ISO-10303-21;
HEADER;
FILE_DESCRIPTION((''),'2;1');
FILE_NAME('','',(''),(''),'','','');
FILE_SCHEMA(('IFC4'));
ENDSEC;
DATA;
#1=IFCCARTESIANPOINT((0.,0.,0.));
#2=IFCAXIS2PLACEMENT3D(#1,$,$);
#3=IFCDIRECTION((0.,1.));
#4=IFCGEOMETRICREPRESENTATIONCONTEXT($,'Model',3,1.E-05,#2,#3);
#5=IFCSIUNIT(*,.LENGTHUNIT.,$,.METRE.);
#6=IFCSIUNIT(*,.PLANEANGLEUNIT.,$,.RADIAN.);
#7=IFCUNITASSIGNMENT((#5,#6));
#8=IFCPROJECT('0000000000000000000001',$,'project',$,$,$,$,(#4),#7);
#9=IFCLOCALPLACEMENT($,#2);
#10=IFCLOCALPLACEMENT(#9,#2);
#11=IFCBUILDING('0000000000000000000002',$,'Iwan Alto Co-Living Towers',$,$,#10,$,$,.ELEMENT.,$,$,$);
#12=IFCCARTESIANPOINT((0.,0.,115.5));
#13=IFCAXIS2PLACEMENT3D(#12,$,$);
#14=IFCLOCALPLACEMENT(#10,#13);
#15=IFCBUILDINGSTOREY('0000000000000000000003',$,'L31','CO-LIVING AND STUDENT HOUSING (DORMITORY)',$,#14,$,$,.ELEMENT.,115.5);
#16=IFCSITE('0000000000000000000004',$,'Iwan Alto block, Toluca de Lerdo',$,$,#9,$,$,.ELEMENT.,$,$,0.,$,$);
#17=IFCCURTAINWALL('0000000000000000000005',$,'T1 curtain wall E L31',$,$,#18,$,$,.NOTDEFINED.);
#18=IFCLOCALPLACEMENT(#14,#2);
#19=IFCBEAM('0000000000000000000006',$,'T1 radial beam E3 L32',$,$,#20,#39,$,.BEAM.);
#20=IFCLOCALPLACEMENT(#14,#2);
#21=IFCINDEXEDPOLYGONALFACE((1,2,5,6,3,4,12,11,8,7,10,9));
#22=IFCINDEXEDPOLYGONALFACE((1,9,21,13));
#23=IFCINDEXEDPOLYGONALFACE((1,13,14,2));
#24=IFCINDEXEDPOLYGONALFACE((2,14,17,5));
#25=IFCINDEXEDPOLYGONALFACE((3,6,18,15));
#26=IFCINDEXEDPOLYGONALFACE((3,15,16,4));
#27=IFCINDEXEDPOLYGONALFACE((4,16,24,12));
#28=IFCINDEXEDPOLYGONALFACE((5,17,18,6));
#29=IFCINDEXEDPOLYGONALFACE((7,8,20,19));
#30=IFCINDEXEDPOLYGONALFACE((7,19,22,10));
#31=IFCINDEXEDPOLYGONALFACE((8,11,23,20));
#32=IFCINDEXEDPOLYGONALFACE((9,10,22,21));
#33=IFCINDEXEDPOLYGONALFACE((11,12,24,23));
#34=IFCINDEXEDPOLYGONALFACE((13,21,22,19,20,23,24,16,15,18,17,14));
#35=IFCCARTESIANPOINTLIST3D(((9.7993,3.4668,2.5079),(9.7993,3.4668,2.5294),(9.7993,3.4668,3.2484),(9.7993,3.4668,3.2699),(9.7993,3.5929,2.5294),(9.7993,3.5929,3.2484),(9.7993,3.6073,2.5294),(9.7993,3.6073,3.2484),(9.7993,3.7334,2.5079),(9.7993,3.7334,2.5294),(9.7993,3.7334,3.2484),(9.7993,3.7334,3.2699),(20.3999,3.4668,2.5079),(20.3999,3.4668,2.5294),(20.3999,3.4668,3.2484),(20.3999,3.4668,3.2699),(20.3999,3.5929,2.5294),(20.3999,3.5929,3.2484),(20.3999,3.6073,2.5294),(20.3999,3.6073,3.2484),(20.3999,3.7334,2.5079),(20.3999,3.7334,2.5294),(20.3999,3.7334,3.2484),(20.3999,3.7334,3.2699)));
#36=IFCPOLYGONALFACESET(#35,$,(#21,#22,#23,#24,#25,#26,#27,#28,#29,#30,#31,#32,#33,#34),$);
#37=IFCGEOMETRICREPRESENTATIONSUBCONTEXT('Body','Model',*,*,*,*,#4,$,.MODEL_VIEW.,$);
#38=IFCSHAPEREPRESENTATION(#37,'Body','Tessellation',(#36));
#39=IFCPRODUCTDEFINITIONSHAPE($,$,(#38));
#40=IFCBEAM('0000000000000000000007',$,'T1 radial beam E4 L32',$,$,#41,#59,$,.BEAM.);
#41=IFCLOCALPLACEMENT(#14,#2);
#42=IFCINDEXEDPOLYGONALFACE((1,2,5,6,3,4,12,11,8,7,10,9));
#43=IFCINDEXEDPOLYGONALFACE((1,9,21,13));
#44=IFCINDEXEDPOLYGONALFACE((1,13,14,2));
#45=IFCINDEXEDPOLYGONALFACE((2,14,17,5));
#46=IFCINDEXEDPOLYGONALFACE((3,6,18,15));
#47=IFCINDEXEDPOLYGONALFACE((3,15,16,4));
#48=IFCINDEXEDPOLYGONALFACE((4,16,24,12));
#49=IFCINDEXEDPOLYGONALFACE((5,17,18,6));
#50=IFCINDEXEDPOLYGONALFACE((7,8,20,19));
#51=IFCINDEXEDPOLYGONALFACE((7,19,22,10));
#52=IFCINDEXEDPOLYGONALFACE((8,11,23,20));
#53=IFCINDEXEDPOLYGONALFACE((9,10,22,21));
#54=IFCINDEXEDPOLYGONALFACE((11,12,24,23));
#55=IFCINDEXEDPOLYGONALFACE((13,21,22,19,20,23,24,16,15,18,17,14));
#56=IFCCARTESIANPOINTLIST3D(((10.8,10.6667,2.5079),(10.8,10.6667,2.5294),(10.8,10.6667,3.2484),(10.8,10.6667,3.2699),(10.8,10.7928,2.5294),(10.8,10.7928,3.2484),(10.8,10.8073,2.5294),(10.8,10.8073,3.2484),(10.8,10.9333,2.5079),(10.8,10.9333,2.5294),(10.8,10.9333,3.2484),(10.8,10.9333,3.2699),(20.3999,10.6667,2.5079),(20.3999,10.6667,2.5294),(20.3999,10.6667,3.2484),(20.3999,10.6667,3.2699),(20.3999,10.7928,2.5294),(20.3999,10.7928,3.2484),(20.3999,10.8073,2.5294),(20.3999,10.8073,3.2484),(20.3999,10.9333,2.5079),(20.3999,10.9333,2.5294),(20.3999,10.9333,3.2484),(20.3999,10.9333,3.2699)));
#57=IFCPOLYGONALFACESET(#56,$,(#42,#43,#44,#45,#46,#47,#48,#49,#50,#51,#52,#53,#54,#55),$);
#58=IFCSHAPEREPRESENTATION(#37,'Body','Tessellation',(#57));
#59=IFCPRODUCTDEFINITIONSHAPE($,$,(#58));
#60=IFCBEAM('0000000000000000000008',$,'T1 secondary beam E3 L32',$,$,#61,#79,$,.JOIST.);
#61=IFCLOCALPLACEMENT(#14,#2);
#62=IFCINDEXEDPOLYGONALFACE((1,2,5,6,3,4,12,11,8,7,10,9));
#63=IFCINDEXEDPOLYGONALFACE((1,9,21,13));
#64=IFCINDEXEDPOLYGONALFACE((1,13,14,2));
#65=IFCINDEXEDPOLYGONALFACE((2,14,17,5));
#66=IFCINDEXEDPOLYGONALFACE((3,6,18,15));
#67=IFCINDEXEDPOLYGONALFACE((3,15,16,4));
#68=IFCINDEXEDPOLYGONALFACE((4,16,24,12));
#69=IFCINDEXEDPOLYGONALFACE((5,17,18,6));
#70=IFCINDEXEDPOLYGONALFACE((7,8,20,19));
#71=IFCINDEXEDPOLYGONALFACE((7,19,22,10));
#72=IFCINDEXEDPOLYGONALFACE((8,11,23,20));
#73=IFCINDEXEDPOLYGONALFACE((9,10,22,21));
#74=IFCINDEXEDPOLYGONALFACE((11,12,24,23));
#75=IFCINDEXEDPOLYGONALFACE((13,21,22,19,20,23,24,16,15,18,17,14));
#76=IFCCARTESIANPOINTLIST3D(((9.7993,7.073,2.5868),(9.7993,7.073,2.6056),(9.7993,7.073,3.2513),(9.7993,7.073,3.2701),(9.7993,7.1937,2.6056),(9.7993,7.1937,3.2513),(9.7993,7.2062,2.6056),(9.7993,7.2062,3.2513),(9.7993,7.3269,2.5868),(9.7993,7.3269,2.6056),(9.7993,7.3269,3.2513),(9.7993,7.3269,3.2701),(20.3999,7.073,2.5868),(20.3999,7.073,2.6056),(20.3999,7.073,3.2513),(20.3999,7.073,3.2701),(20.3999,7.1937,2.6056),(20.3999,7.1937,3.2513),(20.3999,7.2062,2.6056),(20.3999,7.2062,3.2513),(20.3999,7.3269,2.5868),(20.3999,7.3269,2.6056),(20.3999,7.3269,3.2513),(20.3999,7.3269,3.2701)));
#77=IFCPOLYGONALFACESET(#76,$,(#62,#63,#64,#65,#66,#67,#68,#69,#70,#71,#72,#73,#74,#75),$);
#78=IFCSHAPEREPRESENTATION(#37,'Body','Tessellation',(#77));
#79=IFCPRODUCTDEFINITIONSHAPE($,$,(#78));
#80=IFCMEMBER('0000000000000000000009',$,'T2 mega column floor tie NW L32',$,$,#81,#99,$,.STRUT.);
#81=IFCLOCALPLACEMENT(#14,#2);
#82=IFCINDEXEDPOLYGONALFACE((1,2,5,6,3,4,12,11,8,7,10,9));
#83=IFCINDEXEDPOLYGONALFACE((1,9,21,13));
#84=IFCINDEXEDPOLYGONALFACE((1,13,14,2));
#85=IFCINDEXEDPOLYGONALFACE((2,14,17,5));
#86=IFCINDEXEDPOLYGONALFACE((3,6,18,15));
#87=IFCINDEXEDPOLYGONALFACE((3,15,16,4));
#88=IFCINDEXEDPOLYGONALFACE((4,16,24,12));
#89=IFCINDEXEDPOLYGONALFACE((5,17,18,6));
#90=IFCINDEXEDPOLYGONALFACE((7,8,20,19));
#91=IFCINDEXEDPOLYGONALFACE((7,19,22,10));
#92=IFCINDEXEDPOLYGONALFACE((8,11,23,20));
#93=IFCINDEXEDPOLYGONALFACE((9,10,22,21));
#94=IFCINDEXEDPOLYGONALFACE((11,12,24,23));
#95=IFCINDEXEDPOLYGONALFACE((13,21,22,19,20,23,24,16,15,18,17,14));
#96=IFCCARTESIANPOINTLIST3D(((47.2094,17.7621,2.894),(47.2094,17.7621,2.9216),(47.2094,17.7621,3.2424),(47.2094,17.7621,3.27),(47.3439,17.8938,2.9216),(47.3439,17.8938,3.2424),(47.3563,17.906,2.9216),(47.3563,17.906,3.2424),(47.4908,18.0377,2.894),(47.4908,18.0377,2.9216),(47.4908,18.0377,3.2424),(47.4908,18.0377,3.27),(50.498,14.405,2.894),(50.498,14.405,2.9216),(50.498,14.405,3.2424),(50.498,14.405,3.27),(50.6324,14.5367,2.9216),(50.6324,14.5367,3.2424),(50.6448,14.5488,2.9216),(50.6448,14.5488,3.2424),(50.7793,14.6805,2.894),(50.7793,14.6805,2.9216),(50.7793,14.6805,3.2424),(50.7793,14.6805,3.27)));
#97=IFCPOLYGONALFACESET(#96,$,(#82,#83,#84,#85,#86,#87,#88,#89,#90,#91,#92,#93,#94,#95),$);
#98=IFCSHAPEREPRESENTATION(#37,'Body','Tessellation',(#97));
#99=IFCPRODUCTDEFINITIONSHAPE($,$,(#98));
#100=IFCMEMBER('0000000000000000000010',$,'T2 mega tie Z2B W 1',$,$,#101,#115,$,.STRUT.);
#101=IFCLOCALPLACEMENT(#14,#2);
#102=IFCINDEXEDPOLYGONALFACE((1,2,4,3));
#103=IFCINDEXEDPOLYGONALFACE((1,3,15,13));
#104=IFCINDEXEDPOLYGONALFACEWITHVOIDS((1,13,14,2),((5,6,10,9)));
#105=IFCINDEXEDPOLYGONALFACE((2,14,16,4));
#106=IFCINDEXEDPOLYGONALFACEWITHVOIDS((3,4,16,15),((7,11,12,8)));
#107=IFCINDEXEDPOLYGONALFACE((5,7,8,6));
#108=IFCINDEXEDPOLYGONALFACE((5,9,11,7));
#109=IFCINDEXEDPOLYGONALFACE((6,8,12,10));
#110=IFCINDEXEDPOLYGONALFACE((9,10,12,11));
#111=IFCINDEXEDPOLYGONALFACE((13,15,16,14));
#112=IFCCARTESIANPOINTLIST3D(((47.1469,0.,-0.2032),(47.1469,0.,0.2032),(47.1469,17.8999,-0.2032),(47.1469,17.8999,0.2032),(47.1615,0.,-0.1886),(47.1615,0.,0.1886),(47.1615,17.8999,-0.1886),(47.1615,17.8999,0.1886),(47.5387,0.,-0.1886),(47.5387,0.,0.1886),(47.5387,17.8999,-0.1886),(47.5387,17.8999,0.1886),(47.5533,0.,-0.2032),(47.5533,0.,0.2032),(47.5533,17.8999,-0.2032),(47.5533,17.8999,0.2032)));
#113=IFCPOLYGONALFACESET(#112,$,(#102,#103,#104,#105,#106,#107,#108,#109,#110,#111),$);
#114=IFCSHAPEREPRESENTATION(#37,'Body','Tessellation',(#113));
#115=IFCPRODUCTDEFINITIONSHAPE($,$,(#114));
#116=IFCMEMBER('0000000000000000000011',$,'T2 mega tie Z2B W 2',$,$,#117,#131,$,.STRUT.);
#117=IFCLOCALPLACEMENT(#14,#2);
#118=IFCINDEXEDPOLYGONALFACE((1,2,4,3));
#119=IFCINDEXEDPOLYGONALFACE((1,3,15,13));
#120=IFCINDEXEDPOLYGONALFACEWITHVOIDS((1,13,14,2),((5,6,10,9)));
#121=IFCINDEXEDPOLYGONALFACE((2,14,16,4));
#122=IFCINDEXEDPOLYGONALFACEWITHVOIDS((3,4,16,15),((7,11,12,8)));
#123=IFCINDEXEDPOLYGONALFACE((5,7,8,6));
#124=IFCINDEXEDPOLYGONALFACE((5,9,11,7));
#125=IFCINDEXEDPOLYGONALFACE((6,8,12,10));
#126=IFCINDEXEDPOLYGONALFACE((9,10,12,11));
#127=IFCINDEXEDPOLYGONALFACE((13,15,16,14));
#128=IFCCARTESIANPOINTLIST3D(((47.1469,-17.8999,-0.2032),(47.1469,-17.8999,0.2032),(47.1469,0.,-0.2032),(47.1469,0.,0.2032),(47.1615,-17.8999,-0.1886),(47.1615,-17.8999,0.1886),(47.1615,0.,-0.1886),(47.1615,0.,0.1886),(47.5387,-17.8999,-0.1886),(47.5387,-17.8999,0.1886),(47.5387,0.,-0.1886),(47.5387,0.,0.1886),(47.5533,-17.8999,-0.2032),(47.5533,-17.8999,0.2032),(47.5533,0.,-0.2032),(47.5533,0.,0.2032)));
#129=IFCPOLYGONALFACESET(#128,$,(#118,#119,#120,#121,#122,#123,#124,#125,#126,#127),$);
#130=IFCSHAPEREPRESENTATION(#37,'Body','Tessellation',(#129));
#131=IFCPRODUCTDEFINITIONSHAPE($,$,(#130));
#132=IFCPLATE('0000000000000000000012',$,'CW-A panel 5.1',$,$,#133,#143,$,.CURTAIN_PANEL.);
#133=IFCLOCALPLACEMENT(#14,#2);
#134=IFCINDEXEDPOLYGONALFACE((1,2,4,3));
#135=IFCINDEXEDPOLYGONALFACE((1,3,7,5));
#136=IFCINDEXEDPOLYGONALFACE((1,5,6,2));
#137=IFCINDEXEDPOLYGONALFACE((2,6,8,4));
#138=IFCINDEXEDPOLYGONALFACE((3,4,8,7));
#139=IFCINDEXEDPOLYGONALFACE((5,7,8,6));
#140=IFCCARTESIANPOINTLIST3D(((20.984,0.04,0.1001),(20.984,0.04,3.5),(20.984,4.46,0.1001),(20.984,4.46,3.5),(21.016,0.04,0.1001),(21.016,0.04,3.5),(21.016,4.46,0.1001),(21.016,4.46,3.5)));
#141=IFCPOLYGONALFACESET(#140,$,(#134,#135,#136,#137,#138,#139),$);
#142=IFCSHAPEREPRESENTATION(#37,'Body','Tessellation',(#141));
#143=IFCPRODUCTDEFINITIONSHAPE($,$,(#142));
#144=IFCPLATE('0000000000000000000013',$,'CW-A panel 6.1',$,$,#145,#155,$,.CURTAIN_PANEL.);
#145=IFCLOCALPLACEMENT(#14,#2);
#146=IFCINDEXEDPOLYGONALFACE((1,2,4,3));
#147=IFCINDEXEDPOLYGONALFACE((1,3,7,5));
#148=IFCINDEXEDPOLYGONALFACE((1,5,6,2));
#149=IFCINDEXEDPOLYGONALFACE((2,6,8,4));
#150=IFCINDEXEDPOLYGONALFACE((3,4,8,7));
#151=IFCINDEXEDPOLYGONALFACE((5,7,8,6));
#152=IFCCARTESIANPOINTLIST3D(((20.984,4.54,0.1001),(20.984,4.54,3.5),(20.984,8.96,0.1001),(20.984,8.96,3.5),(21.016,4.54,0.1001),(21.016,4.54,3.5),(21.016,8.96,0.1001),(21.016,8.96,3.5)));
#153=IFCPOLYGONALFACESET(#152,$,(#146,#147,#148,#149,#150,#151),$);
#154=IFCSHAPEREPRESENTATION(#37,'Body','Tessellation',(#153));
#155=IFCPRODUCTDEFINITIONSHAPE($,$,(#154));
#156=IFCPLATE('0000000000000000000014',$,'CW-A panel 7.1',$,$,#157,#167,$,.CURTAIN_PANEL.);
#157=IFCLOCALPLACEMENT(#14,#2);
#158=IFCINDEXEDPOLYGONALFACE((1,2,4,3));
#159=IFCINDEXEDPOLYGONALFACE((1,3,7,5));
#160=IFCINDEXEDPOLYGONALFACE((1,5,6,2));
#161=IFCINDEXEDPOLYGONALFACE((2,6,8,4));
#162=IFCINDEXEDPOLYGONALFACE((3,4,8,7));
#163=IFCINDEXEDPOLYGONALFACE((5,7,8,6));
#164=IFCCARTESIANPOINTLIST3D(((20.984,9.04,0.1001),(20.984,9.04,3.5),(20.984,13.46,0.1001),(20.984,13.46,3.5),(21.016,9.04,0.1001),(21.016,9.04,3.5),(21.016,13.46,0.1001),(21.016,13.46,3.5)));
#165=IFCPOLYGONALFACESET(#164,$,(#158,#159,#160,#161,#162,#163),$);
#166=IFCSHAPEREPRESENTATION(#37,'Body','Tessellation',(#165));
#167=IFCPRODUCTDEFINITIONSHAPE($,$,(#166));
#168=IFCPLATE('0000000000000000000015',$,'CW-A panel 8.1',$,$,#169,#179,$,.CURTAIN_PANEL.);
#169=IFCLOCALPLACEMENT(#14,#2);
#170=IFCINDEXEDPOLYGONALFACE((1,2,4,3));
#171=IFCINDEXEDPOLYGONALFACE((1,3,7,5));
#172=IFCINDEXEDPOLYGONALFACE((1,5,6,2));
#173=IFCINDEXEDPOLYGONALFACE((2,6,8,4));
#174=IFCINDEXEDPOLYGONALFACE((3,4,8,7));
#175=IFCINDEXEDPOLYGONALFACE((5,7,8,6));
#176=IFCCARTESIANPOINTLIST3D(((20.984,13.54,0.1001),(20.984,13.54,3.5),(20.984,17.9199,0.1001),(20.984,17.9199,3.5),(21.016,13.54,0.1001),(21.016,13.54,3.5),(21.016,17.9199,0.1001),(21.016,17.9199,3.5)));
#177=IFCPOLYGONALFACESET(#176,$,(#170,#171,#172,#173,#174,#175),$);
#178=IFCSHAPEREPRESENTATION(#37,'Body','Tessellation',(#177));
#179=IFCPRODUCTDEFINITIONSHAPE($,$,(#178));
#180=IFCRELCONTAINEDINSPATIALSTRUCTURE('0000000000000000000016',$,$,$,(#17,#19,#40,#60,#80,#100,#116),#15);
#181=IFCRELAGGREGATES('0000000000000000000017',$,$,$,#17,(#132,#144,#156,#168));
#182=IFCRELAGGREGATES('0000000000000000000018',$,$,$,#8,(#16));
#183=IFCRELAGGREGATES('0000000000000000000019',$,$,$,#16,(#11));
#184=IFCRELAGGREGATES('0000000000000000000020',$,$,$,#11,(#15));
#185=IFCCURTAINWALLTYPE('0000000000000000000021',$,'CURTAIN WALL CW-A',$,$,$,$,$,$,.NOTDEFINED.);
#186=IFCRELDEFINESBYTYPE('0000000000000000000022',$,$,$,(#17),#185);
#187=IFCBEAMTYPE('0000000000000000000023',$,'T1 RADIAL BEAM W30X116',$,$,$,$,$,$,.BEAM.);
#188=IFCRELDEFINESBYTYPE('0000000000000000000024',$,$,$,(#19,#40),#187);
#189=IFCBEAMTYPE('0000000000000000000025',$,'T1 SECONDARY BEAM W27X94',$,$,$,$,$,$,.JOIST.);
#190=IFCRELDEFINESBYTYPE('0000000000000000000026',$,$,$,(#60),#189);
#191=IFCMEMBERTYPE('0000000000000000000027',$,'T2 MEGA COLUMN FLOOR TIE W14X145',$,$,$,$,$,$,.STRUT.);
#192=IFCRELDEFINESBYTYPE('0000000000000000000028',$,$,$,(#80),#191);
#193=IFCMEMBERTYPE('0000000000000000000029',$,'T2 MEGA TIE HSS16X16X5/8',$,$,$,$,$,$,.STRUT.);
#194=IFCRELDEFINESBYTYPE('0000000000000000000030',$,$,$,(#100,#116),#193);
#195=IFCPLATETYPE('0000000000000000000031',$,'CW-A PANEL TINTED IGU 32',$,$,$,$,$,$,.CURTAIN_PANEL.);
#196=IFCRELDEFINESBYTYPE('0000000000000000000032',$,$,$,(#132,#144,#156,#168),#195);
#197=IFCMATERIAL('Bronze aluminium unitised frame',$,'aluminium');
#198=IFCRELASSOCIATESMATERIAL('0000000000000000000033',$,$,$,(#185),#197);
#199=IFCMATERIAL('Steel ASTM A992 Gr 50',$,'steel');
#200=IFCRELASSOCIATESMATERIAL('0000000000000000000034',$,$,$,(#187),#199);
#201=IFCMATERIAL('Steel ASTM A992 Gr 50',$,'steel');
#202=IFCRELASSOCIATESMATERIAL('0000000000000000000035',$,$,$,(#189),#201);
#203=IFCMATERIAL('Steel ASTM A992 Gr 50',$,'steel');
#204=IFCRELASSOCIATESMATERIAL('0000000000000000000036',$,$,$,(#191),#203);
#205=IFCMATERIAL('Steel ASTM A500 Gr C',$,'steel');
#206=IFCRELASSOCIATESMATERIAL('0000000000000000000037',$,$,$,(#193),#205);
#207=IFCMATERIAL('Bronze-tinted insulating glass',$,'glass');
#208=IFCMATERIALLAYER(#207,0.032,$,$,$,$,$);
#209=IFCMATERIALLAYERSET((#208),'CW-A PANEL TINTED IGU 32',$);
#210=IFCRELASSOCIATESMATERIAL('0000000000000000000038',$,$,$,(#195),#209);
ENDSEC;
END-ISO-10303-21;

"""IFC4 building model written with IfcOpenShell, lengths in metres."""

from ifc_helpers import new_model, si_unit, direction, frame, origin, origin_2d, place, context, subcontext, project, spatial, rectangle, hollow_rectangle, i_section, extrude, material, layer, layer_set, material_profile, profile_set, type_object, element, aggregate, save


model = new_model("IFC4")

# Units and contexts
model_context = context("Model", 3, precision=1e-05, world=origin(), true_north=direction((0.0, 1.0)))
body_context = subcontext(model_context, "Body", "Model", "MODEL_VIEW")
ifc_project = project(units=[si_unit("LENGTHUNIT", "METRE"), si_unit("PLANEANGLEUNIT", "RADIAN")], contexts=[model_context])

# Site, building, storey
site_placement = place(None, origin())
site = spatial("IfcSite", under=ifc_project, at=site_placement, Name="Iwan Alto block, Toluca de Lerdo", CompositionType="ELEMENT", RefElevation=0.0)
building_placement = place(site_placement, origin())
building = spatial("IfcBuilding", under=site, at=building_placement, Name="Iwan Alto Co-Living Towers", CompositionType="ELEMENT")
storey_placement = place(building_placement, frame((0.0, 0.0, 115.5)))
storey = spatial("IfcBuildingStorey", under=building, at=storey_placement, Name="L31", Description="CO-LIVING AND STUDENT HOUSING (DORMITORY)", CompositionType="ELEMENT", Elevation=115.5)

# Curtain wall
ifc_material_1 = material(Name="Bronze aluminium unitised frame", Category="aluminium")
curtain_wall_type_1 = type_object("IfcCurtainWallType", Name="CURTAIN WALL CW-A", PredefinedType="NOTDEFINED", material=ifc_material_1)
curtain_wall_1_placement = place(storey_placement, origin())
curtain_wall_1 = element("IfcCurtainWall", 1, at=curtain_wall_1_placement, inside=storey, type_object=curtain_wall_type_1, Name="T1 curtain wall E L31", PredefinedType="NOTDEFINED")

# Beams
ifc_material_2 = material(Name="Steel ASTM A992 Gr 50", Category="steel")
ifc_material_profile_1 = material_profile(ifc_material_2, i_section(OverallWidth=0.2666, OverallDepth=0.762, WebThickness=0.0144, FlangeThickness=0.0215, at=origin_2d()), Name="W30X116")
ifc_profile_set_1 = profile_set([ifc_material_profile_1], Name="Steel ASTM A992 Gr 50")
beam_type_1 = type_object("IfcBeamType", Name="T1 RADIAL BEAM W30X116", PredefinedType="BEAM", material=ifc_profile_set_1)
beam_1_placement = place(storey_placement, frame((20.3999, 3.6001, 2.8889), z_axis=(-1.0, 0.0, 0.0), x_axis=(0.0, -1.0, 0.0)))
element("IfcBeam", 2, at=beam_1_placement, inside=storey, type_object=beam_type_1, Name="T1 radial beam E3 L32", PredefinedType="BEAM", context=body_context, shape_type="SweptSolid", body=[
    extrude(i_section(OverallWidth=0.2666, OverallDepth=0.762, WebThickness=0.0144, FlangeThickness=0.0215, at=origin_2d()), origin(), (0.0, 0.0, 1.0), 10.6006),
])
beam_2_placement = place(storey_placement, frame((20.3999, 10.8, 2.8889), z_axis=(-1.0, 0.0, 0.0), x_axis=(0.0, -1.0, 0.0)))
element("IfcBeam", 3, at=beam_2_placement, inside=storey, type_object=beam_type_1, Name="T1 radial beam E4 L32", PredefinedType="BEAM", context=body_context, shape_type="SweptSolid", body=[
    extrude(i_section(OverallWidth=0.2666, OverallDepth=0.762, WebThickness=0.0144, FlangeThickness=0.0215, at=origin_2d()), origin(), (0.0, 0.0, 1.0), 9.5999),
])
ifc_material_3 = material(Name="Steel ASTM A992 Gr 50", Category="steel")
ifc_material_profile_2 = material_profile(ifc_material_3, i_section(OverallWidth=0.2539, OverallDepth=0.6833, WebThickness=0.0125, FlangeThickness=0.0188, at=origin_2d()), Name="W27X94")
ifc_profile_set_2 = profile_set([ifc_material_profile_2], Name="Steel ASTM A992 Gr 50")
beam_type_2 = type_object("IfcBeamType", Name="T1 SECONDARY BEAM W27X94", PredefinedType="JOIST", material=ifc_profile_set_2)
beam_3_placement = place(storey_placement, frame((20.3999, 7.2, 2.9285), z_axis=(-1.0, 0.0, 0.0), x_axis=(0.0, -1.0, 0.0)))
element("IfcBeam", 4, at=beam_3_placement, inside=storey, type_object=beam_type_2, Name="T1 secondary beam E3 L32", PredefinedType="JOIST", context=body_context, shape_type="SweptSolid", body=[
    extrude(i_section(OverallWidth=0.2539, OverallDepth=0.6833, WebThickness=0.0125, FlangeThickness=0.0188, at=origin_2d()), origin(), (0.0, 0.0, 1.0), 10.6006),
])

# Members
ifc_material_4 = material(Name="Steel ASTM A992 Gr 50", Category="steel")
ifc_material_profile_3 = material_profile(ifc_material_4, i_section(OverallWidth=0.3938, OverallDepth=0.376, WebThickness=0.0173, FlangeThickness=0.0276, at=origin_2d()), Name="W14X145")
ifc_profile_set_3 = profile_set([ifc_material_profile_3], Name="Steel ASTM A992 Gr 50")
member_type_1 = type_object("IfcMemberType", Name="T2 MEGA COLUMN FLOOR TIE W14X145", PredefinedType="STRUT", material=ifc_profile_set_3)
member_1_placement = place(storey_placement, frame((47.3501, 17.8999, 3.082), z_axis=(0.69977, -0.714368, 0.0), x_axis=(0.714368, 0.69977, 0.0)))
element("IfcMember", 5, at=member_1_placement, inside=storey, type_object=member_type_1, Name="T2 mega column floor tie NW L32", PredefinedType="STRUT", context=body_context, shape_type="SweptSolid", body=[
    extrude(i_section(OverallWidth=0.3938, OverallDepth=0.376, WebThickness=0.0173, FlangeThickness=0.0276, at=origin_2d()), origin(), (0.0, 0.0, 1.0), 4.6995),
])
ifc_material_5 = material(Name="Steel ASTM A500 Gr C", Category="steel")
ifc_material_profile_4 = material_profile(ifc_material_5, hollow_rectangle(XDim=0.4065, YDim=0.4065, WallThickness=0.0146, at=origin_2d()), Name="HSS16X16X5/8")
ifc_profile_set_4 = profile_set([ifc_material_profile_4], Name="Steel ASTM A500 Gr C")
member_type_2 = type_object("IfcMemberType", Name="T2 MEGA TIE HSS16X16X5/8", PredefinedType="STRUT", material=ifc_profile_set_4)
for number, where, z_axis, x_axis, name in (
    (6, (47.3501, 17.8999, 0.0), (0.0, -1.0, 0.0), (1.0, 0.0, 0.0), "T2 mega tie Z2B W 1"),
    (7, (47.3501, 0.0, 0.0), (0.0, -1.0, 0.0), (1.0, 0.0, 0.0), "T2 mega tie Z2B W 2"),
):
    element("IfcMember", number, at=place(storey_placement, frame(where, z_axis=z_axis, x_axis=x_axis)), inside=storey, type_object=member_type_2, Name=name, PredefinedType="STRUT", context=body_context, shape_type="SweptSolid", body=[
        extrude(hollow_rectangle(XDim=0.4065, YDim=0.4065, WallThickness=0.0146, at=origin_2d()), origin(), (0.0, 0.0, 1.0), 17.8999),
    ])

# Plates
ifc_material_6 = material(Name="Bronze-tinted insulating glass", Category="glass")
ifc_layer_1 = layer(ifc_material_6, 0.032)
ifc_layer_set_1 = layer_set([ifc_layer_1], Name="CW-A PANEL TINTED IGU 32")
plate_type_1 = type_object("IfcPlateType", Name="CW-A PANEL TINTED IGU 32", PredefinedType="CURTAIN_PANEL", material=ifc_layer_set_1)
plate_1_placement = place(storey_placement, frame((21.0, 2.25, 0.1001), z_axis=(0.0, 0.0, 1.0), x_axis=(0.0, 1.0, 0.0)))
plate_1 = element("IfcPlate", 8, at=plate_1_placement, type_object=plate_type_1, Name="CW-A panel 5.1", PredefinedType="CURTAIN_PANEL", context=body_context, shape_type="SweptSolid", body=[
    extrude(rectangle(XDim=4.4199, YDim=0.032, at=origin_2d()), origin(), (0.0, 0.0, 1.0), 3.3999),
])
plate_2_placement = place(storey_placement, frame((21.0, 6.75, 0.1001), z_axis=(0.0, 0.0, 1.0), x_axis=(0.0, 1.0, 0.0)))
plate_2 = element("IfcPlate", 9, at=plate_2_placement, type_object=plate_type_1, Name="CW-A panel 6.1", PredefinedType="CURTAIN_PANEL", context=body_context, shape_type="SweptSolid", body=[
    extrude(rectangle(XDim=4.4199, YDim=0.032, at=origin_2d()), origin(), (0.0, 0.0, 1.0), 3.3999),
])
plate_3_placement = place(storey_placement, frame((21.0, 11.25, 0.1001), z_axis=(0.0, 0.0, 1.0), x_axis=(0.0, 1.0, 0.0)))
plate_3 = element("IfcPlate", 10, at=plate_3_placement, type_object=plate_type_1, Name="CW-A panel 7.1", PredefinedType="CURTAIN_PANEL", context=body_context, shape_type="SweptSolid", body=[
    extrude(rectangle(XDim=4.4199, YDim=0.032, at=origin_2d()), origin(), (0.0, 0.0, 1.0), 3.3999),
])
plate_4_placement = place(storey_placement, frame((21.0, 15.73, 0.1001), z_axis=(0.0, 0.0, 1.0), x_axis=(0.0, 1.0, 0.0)))
plate_4 = element("IfcPlate", 11, at=plate_4_placement, type_object=plate_type_1, Name="CW-A panel 8.1", PredefinedType="CURTAIN_PANEL", context=body_context, shape_type="SweptSolid", body=[
    extrude(rectangle(XDim=4.3799, YDim=0.032, at=origin_2d()), origin(), (0.0, 0.0, 1.0), 3.3999),
])
aggregate(curtain_wall_1, [plate_1, plate_2, plate_3, plate_4])

save(model, "model.ifc")
